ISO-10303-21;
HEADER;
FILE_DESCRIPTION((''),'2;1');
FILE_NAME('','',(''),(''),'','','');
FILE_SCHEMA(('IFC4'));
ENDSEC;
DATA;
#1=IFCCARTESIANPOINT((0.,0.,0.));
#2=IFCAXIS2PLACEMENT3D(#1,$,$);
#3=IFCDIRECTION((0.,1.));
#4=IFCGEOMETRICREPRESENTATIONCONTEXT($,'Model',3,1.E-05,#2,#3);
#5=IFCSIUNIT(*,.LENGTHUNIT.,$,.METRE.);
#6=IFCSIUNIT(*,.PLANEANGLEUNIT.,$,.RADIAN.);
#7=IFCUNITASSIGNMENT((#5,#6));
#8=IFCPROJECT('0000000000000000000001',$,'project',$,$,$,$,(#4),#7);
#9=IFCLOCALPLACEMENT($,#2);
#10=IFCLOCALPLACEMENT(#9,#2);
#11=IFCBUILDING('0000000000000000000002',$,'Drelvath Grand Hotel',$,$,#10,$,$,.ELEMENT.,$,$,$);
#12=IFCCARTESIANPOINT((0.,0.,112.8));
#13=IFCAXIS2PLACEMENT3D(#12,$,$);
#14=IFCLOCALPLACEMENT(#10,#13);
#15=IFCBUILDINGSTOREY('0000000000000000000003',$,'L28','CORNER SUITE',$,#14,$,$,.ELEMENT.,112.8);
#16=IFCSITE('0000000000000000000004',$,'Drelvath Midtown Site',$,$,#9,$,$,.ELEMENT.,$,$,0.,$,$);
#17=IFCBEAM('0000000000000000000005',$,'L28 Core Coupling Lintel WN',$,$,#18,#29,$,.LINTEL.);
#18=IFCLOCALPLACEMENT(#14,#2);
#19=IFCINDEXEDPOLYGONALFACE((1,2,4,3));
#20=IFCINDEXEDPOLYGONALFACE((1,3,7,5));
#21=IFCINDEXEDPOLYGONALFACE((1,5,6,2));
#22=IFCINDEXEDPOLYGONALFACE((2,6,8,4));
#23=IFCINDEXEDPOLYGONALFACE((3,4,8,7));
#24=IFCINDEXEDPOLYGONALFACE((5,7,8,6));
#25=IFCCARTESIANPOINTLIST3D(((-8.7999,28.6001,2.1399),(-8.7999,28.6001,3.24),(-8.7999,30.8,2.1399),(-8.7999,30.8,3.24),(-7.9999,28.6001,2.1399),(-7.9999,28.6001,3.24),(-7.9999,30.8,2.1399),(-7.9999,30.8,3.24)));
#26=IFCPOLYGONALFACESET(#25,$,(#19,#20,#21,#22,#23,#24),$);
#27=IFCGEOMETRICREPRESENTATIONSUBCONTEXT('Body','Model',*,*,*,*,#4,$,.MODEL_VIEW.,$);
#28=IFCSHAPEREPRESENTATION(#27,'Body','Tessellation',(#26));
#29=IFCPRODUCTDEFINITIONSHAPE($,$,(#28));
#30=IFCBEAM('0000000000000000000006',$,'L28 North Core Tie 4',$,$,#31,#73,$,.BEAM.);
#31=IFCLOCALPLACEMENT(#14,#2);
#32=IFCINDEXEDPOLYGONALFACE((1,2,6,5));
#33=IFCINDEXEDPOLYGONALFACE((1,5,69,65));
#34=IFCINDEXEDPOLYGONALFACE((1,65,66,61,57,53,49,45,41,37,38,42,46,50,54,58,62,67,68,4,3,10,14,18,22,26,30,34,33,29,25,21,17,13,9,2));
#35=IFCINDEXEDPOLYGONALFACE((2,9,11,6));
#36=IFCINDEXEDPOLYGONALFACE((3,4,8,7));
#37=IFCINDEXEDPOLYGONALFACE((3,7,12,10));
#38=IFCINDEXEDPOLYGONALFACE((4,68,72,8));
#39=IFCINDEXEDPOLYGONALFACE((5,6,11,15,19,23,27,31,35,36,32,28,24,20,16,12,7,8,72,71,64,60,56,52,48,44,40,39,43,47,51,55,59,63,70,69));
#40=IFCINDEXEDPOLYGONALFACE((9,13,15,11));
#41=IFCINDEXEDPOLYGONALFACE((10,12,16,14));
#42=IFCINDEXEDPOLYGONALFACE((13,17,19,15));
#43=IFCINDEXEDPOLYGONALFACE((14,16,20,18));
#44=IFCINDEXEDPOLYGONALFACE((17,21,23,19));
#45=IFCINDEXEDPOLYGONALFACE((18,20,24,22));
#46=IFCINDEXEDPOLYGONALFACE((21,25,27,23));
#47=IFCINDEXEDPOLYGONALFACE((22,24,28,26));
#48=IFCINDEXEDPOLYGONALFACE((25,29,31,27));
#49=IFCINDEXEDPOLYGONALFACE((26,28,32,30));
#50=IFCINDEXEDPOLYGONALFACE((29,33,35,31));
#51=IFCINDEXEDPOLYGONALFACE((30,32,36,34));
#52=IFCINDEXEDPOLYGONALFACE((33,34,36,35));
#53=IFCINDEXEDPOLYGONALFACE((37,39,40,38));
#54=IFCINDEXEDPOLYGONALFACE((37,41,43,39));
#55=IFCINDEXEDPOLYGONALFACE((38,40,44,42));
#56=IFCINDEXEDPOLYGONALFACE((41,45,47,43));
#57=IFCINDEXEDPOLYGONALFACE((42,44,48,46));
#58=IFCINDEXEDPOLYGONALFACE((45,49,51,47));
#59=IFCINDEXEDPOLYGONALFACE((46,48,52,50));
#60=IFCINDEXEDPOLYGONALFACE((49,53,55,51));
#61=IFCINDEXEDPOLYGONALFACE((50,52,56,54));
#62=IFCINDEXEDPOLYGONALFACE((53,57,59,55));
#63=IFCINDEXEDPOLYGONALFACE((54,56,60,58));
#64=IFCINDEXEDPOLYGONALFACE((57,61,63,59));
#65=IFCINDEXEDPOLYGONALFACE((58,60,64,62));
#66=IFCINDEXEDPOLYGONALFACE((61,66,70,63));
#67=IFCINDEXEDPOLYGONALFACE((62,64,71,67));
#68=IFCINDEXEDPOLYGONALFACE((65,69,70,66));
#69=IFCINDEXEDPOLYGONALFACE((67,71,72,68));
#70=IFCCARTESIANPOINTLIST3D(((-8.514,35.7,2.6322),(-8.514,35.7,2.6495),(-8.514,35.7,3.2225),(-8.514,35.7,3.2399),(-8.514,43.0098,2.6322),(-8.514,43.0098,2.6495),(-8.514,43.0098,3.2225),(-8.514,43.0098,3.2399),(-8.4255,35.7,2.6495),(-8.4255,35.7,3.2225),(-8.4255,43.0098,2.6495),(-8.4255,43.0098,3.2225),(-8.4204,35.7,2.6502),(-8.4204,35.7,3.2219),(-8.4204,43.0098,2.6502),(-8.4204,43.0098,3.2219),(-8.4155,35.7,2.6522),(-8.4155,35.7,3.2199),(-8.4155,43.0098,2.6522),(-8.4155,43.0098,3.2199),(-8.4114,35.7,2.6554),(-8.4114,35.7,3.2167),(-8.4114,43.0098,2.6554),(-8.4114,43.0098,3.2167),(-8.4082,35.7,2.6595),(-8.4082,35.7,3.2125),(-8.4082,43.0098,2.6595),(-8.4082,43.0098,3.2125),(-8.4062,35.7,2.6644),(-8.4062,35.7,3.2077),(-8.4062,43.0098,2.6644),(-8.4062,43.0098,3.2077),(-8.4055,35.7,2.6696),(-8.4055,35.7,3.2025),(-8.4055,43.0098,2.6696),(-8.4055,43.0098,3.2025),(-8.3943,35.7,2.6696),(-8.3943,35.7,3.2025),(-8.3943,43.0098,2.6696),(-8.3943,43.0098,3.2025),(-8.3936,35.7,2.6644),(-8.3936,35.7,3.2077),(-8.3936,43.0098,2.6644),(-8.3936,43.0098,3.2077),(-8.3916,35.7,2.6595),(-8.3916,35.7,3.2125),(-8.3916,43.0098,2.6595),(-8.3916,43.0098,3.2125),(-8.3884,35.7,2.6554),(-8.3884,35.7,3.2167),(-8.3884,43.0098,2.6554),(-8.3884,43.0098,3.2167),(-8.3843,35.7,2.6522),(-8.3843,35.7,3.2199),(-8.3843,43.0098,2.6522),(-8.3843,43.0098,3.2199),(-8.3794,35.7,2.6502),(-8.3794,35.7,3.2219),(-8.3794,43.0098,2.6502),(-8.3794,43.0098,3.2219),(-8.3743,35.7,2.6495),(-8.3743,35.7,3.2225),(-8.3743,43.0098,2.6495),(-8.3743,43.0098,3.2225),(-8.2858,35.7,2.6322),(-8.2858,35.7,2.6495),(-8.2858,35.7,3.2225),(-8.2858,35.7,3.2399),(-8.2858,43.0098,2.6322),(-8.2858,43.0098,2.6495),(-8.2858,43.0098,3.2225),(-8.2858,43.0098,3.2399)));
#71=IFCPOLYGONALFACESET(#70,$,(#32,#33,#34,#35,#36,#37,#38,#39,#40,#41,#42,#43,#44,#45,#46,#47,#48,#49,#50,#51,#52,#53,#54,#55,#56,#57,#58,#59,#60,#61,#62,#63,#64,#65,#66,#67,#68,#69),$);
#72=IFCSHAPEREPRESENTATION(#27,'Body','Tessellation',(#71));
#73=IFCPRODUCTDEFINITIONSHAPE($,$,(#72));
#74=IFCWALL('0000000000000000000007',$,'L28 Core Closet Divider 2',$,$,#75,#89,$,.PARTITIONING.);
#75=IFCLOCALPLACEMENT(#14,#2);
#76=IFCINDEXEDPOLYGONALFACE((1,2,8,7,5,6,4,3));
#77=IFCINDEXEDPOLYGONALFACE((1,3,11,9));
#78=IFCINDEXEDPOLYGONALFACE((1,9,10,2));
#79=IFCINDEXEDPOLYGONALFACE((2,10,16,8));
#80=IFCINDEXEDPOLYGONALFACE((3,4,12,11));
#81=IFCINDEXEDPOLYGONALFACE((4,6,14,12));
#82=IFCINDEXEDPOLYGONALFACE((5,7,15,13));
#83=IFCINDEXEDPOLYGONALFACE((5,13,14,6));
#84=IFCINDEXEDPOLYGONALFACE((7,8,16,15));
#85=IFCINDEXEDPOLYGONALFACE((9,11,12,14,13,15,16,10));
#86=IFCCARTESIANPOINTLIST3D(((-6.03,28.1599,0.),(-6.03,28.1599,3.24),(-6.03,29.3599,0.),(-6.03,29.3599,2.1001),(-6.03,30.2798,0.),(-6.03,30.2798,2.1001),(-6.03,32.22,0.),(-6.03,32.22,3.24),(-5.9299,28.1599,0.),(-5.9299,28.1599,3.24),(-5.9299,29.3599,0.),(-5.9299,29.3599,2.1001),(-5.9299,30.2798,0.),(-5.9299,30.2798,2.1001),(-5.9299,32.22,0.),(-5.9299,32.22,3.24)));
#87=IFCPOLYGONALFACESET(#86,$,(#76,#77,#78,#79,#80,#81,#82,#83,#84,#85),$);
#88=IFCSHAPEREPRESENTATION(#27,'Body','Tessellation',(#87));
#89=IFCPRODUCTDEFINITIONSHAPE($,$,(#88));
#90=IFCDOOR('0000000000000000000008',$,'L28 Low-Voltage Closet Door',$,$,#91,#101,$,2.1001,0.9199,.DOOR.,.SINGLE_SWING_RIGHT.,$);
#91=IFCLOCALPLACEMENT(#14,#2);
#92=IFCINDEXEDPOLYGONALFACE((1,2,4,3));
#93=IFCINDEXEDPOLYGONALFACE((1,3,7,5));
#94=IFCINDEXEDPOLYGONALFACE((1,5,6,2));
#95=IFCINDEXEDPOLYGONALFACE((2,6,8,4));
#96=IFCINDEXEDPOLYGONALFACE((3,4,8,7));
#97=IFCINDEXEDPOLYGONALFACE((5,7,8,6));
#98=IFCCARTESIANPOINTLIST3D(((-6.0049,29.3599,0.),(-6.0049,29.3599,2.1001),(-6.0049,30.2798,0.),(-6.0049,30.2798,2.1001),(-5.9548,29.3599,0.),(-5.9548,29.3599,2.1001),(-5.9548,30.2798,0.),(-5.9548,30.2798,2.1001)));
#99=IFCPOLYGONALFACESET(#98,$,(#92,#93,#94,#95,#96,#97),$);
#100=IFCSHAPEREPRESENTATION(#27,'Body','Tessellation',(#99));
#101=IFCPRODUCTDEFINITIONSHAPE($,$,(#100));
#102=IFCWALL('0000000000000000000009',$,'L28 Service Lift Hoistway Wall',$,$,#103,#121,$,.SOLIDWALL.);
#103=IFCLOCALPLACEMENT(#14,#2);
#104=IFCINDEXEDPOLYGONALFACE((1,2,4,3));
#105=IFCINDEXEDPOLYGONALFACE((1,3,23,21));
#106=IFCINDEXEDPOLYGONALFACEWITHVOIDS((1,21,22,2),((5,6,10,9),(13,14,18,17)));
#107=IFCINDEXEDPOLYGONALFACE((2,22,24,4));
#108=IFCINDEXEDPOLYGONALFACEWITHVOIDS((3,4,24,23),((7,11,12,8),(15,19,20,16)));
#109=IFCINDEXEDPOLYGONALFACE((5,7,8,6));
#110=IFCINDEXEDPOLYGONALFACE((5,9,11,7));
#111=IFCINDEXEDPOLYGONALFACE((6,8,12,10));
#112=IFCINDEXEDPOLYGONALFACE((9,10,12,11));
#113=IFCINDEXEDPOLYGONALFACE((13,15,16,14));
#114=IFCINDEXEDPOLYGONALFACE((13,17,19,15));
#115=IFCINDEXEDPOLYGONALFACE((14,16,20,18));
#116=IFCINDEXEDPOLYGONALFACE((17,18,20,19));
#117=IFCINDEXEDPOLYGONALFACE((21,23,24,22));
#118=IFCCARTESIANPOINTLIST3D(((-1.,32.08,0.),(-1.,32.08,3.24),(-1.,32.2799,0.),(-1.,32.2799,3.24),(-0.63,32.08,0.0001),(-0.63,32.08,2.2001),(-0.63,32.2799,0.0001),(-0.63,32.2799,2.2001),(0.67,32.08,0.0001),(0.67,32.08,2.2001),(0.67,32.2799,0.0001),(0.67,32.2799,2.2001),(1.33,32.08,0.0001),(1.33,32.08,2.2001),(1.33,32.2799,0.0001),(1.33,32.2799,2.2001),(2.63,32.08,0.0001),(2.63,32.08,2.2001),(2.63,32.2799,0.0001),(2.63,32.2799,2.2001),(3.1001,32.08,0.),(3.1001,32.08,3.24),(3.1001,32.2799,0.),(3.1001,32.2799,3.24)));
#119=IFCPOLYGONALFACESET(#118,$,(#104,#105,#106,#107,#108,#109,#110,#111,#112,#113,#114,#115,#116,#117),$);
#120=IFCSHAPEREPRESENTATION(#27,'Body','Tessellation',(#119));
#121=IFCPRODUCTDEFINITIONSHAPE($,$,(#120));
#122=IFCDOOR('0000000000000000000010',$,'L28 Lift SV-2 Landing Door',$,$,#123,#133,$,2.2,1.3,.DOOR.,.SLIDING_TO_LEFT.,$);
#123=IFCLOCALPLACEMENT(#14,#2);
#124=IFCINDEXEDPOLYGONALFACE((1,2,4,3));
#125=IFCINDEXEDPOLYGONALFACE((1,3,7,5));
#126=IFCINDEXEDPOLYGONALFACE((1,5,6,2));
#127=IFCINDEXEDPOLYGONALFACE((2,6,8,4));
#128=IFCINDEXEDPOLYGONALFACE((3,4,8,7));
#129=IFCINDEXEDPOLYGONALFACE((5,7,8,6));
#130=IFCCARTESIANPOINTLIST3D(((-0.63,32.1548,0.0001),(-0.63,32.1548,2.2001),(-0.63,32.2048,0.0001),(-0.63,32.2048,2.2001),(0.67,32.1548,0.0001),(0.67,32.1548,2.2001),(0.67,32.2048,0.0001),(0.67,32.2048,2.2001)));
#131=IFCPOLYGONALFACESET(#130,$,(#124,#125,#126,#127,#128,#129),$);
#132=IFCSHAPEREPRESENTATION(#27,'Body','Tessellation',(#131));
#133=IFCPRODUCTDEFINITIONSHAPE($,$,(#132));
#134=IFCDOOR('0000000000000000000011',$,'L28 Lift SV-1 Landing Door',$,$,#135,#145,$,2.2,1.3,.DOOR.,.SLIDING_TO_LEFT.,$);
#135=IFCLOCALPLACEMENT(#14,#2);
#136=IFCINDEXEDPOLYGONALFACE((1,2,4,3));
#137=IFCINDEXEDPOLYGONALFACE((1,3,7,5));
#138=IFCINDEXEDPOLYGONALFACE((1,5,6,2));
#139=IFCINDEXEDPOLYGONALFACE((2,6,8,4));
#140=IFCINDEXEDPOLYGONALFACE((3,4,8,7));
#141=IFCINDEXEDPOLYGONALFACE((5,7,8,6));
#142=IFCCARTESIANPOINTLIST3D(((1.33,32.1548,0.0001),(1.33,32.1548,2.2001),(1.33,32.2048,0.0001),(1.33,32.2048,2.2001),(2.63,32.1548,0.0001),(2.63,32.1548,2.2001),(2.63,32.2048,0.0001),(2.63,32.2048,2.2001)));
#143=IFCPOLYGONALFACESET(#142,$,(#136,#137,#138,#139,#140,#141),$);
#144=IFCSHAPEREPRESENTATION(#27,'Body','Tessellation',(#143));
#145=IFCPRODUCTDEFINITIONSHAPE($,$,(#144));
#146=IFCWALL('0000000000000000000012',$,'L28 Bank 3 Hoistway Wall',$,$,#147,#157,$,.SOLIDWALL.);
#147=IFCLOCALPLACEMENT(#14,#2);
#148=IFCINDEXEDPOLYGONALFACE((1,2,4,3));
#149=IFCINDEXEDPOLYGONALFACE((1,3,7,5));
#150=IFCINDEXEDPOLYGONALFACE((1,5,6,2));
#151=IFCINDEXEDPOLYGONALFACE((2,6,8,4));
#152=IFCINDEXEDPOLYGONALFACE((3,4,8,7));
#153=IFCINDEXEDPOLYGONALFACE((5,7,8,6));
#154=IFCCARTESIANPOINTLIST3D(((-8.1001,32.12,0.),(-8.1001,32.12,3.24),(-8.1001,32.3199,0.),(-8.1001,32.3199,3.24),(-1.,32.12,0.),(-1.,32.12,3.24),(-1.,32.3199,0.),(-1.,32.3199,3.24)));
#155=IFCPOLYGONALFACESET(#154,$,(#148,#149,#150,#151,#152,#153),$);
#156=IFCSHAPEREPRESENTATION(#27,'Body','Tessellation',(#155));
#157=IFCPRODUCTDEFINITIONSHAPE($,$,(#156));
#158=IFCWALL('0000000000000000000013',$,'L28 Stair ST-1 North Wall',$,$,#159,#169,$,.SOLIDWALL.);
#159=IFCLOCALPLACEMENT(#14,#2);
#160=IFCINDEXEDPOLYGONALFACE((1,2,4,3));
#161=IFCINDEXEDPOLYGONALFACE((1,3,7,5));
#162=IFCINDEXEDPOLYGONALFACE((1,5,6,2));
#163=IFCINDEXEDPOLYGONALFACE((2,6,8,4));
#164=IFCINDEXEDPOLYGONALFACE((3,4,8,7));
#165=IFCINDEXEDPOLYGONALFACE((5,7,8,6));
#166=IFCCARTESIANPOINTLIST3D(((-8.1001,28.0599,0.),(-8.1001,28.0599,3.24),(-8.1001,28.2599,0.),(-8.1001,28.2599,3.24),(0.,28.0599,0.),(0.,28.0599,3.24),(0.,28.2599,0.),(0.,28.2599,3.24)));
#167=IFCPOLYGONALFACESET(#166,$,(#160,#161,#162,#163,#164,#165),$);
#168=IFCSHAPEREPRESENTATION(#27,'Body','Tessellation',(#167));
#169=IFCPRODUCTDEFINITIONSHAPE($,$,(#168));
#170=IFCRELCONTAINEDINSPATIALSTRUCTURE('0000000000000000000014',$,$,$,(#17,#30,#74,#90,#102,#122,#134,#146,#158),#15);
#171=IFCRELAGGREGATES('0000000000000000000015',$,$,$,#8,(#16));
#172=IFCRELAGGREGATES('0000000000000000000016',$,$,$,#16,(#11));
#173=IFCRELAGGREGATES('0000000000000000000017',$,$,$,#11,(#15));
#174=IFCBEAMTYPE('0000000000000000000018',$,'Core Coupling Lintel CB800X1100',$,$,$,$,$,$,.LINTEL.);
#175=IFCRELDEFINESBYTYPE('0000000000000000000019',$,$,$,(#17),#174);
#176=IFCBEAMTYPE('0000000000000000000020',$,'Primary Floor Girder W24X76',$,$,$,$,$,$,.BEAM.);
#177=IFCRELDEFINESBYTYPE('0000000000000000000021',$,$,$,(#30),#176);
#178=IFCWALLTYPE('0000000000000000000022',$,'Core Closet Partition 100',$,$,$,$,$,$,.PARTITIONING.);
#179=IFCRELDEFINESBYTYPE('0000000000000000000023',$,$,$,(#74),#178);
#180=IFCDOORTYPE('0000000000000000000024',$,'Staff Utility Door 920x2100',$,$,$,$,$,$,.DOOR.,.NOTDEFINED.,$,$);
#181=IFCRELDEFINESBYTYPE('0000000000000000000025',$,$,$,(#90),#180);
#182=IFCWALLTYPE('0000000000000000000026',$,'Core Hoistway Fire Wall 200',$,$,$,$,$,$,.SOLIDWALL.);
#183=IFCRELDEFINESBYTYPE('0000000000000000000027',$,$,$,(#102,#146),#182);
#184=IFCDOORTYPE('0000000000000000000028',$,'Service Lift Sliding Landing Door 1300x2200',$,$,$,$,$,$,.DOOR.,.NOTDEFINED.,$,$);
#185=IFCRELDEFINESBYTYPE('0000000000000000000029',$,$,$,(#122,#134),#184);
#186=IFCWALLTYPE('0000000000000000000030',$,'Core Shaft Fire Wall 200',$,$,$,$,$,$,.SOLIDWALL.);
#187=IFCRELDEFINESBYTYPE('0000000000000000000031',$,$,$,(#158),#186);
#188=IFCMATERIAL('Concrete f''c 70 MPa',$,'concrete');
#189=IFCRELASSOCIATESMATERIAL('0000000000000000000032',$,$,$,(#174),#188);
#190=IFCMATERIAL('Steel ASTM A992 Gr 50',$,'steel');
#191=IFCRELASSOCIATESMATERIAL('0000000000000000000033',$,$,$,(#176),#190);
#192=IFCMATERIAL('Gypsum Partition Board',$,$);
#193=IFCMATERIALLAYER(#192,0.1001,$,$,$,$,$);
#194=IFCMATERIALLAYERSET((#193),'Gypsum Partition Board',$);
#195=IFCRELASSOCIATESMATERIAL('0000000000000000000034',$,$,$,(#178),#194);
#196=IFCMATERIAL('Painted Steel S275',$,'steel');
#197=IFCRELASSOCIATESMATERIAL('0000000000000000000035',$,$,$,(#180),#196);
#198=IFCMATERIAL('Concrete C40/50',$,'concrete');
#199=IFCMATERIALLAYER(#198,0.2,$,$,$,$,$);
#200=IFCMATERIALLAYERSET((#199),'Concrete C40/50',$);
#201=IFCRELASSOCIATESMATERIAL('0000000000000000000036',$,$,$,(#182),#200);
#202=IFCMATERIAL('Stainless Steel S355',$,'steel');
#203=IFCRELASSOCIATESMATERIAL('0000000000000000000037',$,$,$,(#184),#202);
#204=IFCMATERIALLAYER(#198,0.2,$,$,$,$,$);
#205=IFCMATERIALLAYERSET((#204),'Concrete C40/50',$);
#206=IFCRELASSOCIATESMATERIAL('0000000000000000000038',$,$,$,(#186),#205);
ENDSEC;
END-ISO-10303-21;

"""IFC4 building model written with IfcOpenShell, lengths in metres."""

from ifc_helpers import new_model, si_unit, direction, frame, frame_2d, origin, origin_2d, place, context, subcontext, project, spatial, rectangle, i_section, extrude, material, layer, layer_set, material_profile, profile_set, type_object, element, fill, save


model = new_model("IFC4")

# Units and contexts
model_context = context("Model", 3, precision=1e-05, world=origin(), true_north=direction((0.0, 1.0)))
body_context = subcontext(model_context, "Body", "Model", "MODEL_VIEW")
ifc_project = project(units=[si_unit("LENGTHUNIT", "METRE"), si_unit("PLANEANGLEUNIT", "RADIAN")], contexts=[model_context])

# Site, building, storey
site_placement = place(None, origin())
site = spatial("IfcSite", under=ifc_project, at=site_placement, Name="Drelvath Midtown Site", CompositionType="ELEMENT", RefElevation=0.0)
building_placement = place(site_placement, origin())
building = spatial("IfcBuilding", under=site, at=building_placement, Name="Drelvath Grand Hotel", CompositionType="ELEMENT")
storey_placement = place(building_placement, frame((0.0, 0.0, 112.8)))
storey = spatial("IfcBuildingStorey", under=building, at=storey_placement, Name="L28", Description="CORNER SUITE", CompositionType="ELEMENT", Elevation=112.8)

# Beams
ifc_material_1 = material(Name="Concrete f'c 70 MPa", Category="concrete")
ifc_material_profile_1 = material_profile(ifc_material_1, rectangle(XDim=0.8, YDim=1.1001, at=origin_2d()), Name="CB800X1100")
ifc_profile_set_1 = profile_set([ifc_material_profile_1], Name="Concrete f'c 70 MPa")
beam_type_1 = type_object("IfcBeamType", Name="Core Coupling Lintel CB800X1100", PredefinedType="LINTEL", material=ifc_profile_set_1)
beam_1_placement = place(storey_placement, frame((-8.3999, 28.6001, 2.6899), z_axis=(0.0, 1.0, 0.0), x_axis=(-1.0, 0.0, 0.0)))
element("IfcBeam", 1, at=beam_1_placement, inside=storey, type_object=beam_type_1, Name="L28 Core Coupling Lintel WN", PredefinedType="LINTEL", context=body_context, shape_type="SweptSolid", body=[
    extrude(rectangle(XDim=0.8, YDim=1.1001, at=origin_2d()), origin(), (0.0, 0.0, 1.0), 2.2),
])
ifc_material_2 = material(Name="Steel ASTM A992 Gr 50", Category="steel")
ifc_material_profile_2 = material_profile(ifc_material_2, i_section(OverallWidth=0.2283, OverallDepth=0.6077, WebThickness=0.0112, FlangeThickness=0.0173, FilletRadius=0.02, at=origin_2d()), Name="W24X76")
ifc_profile_set_2 = profile_set([ifc_material_profile_2], Name="Steel ASTM A992 Gr 50")
beam_type_2 = type_object("IfcBeamType", Name="Primary Floor Girder W24X76", PredefinedType="BEAM", material=ifc_profile_set_2)
beam_2_placement = place(storey_placement, frame((-8.3999, 35.7, 2.936), z_axis=(0.0, 1.0, 0.0), x_axis=(-1.0, 0.0, 0.0)))
element("IfcBeam", 2, at=beam_2_placement, inside=storey, type_object=beam_type_2, Name="L28 North Core Tie 4", PredefinedType="BEAM", context=body_context, shape_type="SweptSolid", body=[
    extrude(i_section(OverallWidth=0.2283, OverallDepth=0.6077, WebThickness=0.0112, FlangeThickness=0.0173, FilletRadius=0.02, at=origin_2d()), origin(), (0.0, 0.0, 1.0), 7.3098),
])

# Wall, opening, door
ifc_material_3 = material(Name="Gypsum Partition Board")
ifc_layer_1 = layer(ifc_material_3, 0.1001)
ifc_layer_set_1 = layer_set([ifc_layer_1], Name="Gypsum Partition Board")
wall_type_1 = type_object("IfcWallType", Name="Core Closet Partition 100", PredefinedType="PARTITIONING", material=ifc_layer_set_1)
wall_1_placement = place(storey_placement, frame((-5.98, 28.1599, 0.0), z_axis=(0.0, 0.0, 1.0), x_axis=(0.0, 1.0, 0.0)))
wall_1 = element("IfcWall", 3, at=wall_1_placement, inside=storey, type_object=wall_type_1, Name="L28 Core Closet Divider 2", PredefinedType="PARTITIONING", context=body_context, shape_type="SweptSolid", body=[
    extrude(rectangle(XDim=4.0601, YDim=0.1001, at=frame_2d((2.03, 0.0))), origin(), (0.0, 0.0, 1.0), 3.24),
])
opening_1_placement = place(wall_1_placement, frame((1.2, 0.0, 0.0)))
opening_1 = element("IfcOpeningElement", 4, at=opening_1_placement, cuts=wall_1, PredefinedType="OPENING", context=body_context, shape_type="SweptSolid", body=[
    extrude(rectangle(XDim=0.9199, YDim=2.1001, at=frame_2d((0.46, 1.05))), frame((0.0, 0.0601, 0.0), z_axis=(0.0, -1.0, 0.0), x_axis=(1.0, 0.0, 0.0)), (0.0, 0.0, 1.0), 0.1201),
])
ifc_material_4 = material(Name="Painted Steel S275", Category="steel")
door_type_1 = type_object("IfcDoorType", Name="Staff Utility Door 920x2100", OperationType="NOTDEFINED", PredefinedType="DOOR", material=ifc_material_4)
door_1_placement = place(opening_1_placement, origin())
door_1 = element("IfcDoor", 5, at=door_1_placement, inside=storey, type_object=door_type_1, Name="L28 Low-Voltage Closet Door", OperationType="SINGLE_SWING_RIGHT", OverallHeight=2.1001, OverallWidth=0.9199, PredefinedType="DOOR", context=body_context, shape_type="SweptSolid", body=[
    extrude(rectangle(XDim=0.9199, YDim=2.1001, at=frame_2d((0.46, 1.05))), frame((0.0, 0.0249, 0.0), z_axis=(0.0, -1.0, 0.0), x_axis=(1.0, 0.0, 0.0)), (0.0, 0.0, 1.0), 0.05),
])
fill(opening_1, door_1)

# Wall, openings, doors
ifc_material_5 = material(Name="Concrete C40/50", Category="concrete")
ifc_layer_2 = layer(ifc_material_5, 0.2)
ifc_layer_set_2 = layer_set([ifc_layer_2], Name="Concrete C40/50")
wall_type_2 = type_object("IfcWallType", Name="Core Hoistway Fire Wall 200", PredefinedType="SOLIDWALL", material=ifc_layer_set_2)
wall_2_placement = place(storey_placement, frame((-1.0, 32.1799, 0.0), z_axis=(0.0, 0.0, 1.0), x_axis=(1.0, 0.0, 0.0)))
wall_2 = element("IfcWall", 6, at=wall_2_placement, inside=storey, type_object=wall_type_2, Name="L28 Service Lift Hoistway Wall", PredefinedType="SOLIDWALL", context=body_context, shape_type="SweptSolid", body=[
    extrude(rectangle(XDim=4.1001, YDim=0.2, at=frame_2d((2.05, 0.0))), origin(), (0.0, 0.0, 1.0), 3.24),
])
opening_2_placement = place(wall_2_placement, frame((0.3701, 0.0, 0.0)))
opening_2 = element("IfcOpeningElement", 7, at=opening_2_placement, cuts=wall_2, PredefinedType="OPENING", context=body_context, shape_type="SweptSolid", body=[
    extrude(rectangle(XDim=1.3, YDim=2.2, at=frame_2d((0.6499, 1.1001))), frame((0.0, 0.1099, 0.0), z_axis=(0.0, -1.0, 0.0), x_axis=(1.0, 0.0, 0.0)), (0.0, 0.0, 1.0), 0.22),
])
opening_3_placement = place(wall_2_placement, frame((2.3301, 0.0, 0.0)))
opening_3 = element("IfcOpeningElement", 8, at=opening_3_placement, cuts=wall_2, PredefinedType="OPENING", context=body_context, shape_type="SweptSolid", body=[
    extrude(rectangle(XDim=1.3, YDim=2.2, at=frame_2d((0.6499, 1.1001))), frame((0.0, 0.1099, 0.0), z_axis=(0.0, -1.0, 0.0), x_axis=(1.0, 0.0, 0.0)), (0.0, 0.0, 1.0), 0.22),
])
ifc_material_6 = material(Name="Stainless Steel S355", Category="steel")
door_type_2 = type_object("IfcDoorType", Name="Service Lift Sliding Landing Door 1300x2200", OperationType="NOTDEFINED", PredefinedType="DOOR", material=ifc_material_6)
door_2_placement = place(opening_2_placement, origin())
door_2 = element("IfcDoor", 9, at=door_2_placement, inside=storey, type_object=door_type_2, Name="L28 Lift SV-2 Landing Door", OperationType="SLIDING_TO_LEFT", OverallHeight=2.2, OverallWidth=1.3, PredefinedType="DOOR", context=body_context, shape_type="SweptSolid", body=[
    extrude(rectangle(XDim=1.3, YDim=2.2, at=frame_2d((0.6499, 1.1001))), frame((0.0, 0.0249, 0.0), z_axis=(0.0, -1.0, 0.0), x_axis=(1.0, 0.0, 0.0)), (0.0, 0.0, 1.0), 0.05),
])
fill(opening_2, door_2)
door_3_placement = place(opening_3_placement, origin())
door_3 = element("IfcDoor", 10, at=door_3_placement, inside=storey, type_object=door_type_2, Name="L28 Lift SV-1 Landing Door", OperationType="SLIDING_TO_LEFT", OverallHeight=2.2, OverallWidth=1.3, PredefinedType="DOOR", context=body_context, shape_type="SweptSolid", body=[
    extrude(rectangle(XDim=1.3, YDim=2.2, at=frame_2d((0.6499, 1.1001))), frame((0.0, 0.0249, 0.0), z_axis=(0.0, -1.0, 0.0), x_axis=(1.0, 0.0, 0.0)), (0.0, 0.0, 1.0), 0.05),
])
fill(opening_3, door_3)

# Walls
wall_3_placement = place(storey_placement, frame((-8.1001, 32.22, 0.0), z_axis=(0.0, 0.0, 1.0), x_axis=(1.0, 0.0, 0.0)))
element("IfcWall", 11, at=wall_3_placement, inside=storey, type_object=wall_type_2, Name="L28 Bank 3 Hoistway Wall", PredefinedType="SOLIDWALL", context=body_context, shape_type="SweptSolid", body=[
    extrude(rectangle(XDim=7.1001, YDim=0.2, at=frame_2d((3.55, 0.0))), origin(), (0.0, 0.0, 1.0), 3.24),
])
ifc_layer_3 = layer(ifc_material_5, 0.2)
ifc_layer_set_3 = layer_set([ifc_layer_3], Name="Concrete C40/50")
wall_type_3 = type_object("IfcWallType", Name="Core Shaft Fire Wall 200", PredefinedType="SOLIDWALL", material=ifc_layer_set_3)
wall_4_placement = place(storey_placement, frame((-8.1001, 28.1599, 0.0), z_axis=(0.0, 0.0, 1.0), x_axis=(1.0, 0.0, 0.0)))
element("IfcWall", 12, at=wall_4_placement, inside=storey, type_object=wall_type_3, Name="L28 Stair ST-1 North Wall", PredefinedType="SOLIDWALL", context=body_context, shape_type="SweptSolid", body=[
    extrude(rectangle(XDim=8.1001, YDim=0.2, at=frame_2d((4.05, 0.0))), origin(), (0.0, 0.0, 1.0), 3.24),
])

save(model, "model.ifc")
